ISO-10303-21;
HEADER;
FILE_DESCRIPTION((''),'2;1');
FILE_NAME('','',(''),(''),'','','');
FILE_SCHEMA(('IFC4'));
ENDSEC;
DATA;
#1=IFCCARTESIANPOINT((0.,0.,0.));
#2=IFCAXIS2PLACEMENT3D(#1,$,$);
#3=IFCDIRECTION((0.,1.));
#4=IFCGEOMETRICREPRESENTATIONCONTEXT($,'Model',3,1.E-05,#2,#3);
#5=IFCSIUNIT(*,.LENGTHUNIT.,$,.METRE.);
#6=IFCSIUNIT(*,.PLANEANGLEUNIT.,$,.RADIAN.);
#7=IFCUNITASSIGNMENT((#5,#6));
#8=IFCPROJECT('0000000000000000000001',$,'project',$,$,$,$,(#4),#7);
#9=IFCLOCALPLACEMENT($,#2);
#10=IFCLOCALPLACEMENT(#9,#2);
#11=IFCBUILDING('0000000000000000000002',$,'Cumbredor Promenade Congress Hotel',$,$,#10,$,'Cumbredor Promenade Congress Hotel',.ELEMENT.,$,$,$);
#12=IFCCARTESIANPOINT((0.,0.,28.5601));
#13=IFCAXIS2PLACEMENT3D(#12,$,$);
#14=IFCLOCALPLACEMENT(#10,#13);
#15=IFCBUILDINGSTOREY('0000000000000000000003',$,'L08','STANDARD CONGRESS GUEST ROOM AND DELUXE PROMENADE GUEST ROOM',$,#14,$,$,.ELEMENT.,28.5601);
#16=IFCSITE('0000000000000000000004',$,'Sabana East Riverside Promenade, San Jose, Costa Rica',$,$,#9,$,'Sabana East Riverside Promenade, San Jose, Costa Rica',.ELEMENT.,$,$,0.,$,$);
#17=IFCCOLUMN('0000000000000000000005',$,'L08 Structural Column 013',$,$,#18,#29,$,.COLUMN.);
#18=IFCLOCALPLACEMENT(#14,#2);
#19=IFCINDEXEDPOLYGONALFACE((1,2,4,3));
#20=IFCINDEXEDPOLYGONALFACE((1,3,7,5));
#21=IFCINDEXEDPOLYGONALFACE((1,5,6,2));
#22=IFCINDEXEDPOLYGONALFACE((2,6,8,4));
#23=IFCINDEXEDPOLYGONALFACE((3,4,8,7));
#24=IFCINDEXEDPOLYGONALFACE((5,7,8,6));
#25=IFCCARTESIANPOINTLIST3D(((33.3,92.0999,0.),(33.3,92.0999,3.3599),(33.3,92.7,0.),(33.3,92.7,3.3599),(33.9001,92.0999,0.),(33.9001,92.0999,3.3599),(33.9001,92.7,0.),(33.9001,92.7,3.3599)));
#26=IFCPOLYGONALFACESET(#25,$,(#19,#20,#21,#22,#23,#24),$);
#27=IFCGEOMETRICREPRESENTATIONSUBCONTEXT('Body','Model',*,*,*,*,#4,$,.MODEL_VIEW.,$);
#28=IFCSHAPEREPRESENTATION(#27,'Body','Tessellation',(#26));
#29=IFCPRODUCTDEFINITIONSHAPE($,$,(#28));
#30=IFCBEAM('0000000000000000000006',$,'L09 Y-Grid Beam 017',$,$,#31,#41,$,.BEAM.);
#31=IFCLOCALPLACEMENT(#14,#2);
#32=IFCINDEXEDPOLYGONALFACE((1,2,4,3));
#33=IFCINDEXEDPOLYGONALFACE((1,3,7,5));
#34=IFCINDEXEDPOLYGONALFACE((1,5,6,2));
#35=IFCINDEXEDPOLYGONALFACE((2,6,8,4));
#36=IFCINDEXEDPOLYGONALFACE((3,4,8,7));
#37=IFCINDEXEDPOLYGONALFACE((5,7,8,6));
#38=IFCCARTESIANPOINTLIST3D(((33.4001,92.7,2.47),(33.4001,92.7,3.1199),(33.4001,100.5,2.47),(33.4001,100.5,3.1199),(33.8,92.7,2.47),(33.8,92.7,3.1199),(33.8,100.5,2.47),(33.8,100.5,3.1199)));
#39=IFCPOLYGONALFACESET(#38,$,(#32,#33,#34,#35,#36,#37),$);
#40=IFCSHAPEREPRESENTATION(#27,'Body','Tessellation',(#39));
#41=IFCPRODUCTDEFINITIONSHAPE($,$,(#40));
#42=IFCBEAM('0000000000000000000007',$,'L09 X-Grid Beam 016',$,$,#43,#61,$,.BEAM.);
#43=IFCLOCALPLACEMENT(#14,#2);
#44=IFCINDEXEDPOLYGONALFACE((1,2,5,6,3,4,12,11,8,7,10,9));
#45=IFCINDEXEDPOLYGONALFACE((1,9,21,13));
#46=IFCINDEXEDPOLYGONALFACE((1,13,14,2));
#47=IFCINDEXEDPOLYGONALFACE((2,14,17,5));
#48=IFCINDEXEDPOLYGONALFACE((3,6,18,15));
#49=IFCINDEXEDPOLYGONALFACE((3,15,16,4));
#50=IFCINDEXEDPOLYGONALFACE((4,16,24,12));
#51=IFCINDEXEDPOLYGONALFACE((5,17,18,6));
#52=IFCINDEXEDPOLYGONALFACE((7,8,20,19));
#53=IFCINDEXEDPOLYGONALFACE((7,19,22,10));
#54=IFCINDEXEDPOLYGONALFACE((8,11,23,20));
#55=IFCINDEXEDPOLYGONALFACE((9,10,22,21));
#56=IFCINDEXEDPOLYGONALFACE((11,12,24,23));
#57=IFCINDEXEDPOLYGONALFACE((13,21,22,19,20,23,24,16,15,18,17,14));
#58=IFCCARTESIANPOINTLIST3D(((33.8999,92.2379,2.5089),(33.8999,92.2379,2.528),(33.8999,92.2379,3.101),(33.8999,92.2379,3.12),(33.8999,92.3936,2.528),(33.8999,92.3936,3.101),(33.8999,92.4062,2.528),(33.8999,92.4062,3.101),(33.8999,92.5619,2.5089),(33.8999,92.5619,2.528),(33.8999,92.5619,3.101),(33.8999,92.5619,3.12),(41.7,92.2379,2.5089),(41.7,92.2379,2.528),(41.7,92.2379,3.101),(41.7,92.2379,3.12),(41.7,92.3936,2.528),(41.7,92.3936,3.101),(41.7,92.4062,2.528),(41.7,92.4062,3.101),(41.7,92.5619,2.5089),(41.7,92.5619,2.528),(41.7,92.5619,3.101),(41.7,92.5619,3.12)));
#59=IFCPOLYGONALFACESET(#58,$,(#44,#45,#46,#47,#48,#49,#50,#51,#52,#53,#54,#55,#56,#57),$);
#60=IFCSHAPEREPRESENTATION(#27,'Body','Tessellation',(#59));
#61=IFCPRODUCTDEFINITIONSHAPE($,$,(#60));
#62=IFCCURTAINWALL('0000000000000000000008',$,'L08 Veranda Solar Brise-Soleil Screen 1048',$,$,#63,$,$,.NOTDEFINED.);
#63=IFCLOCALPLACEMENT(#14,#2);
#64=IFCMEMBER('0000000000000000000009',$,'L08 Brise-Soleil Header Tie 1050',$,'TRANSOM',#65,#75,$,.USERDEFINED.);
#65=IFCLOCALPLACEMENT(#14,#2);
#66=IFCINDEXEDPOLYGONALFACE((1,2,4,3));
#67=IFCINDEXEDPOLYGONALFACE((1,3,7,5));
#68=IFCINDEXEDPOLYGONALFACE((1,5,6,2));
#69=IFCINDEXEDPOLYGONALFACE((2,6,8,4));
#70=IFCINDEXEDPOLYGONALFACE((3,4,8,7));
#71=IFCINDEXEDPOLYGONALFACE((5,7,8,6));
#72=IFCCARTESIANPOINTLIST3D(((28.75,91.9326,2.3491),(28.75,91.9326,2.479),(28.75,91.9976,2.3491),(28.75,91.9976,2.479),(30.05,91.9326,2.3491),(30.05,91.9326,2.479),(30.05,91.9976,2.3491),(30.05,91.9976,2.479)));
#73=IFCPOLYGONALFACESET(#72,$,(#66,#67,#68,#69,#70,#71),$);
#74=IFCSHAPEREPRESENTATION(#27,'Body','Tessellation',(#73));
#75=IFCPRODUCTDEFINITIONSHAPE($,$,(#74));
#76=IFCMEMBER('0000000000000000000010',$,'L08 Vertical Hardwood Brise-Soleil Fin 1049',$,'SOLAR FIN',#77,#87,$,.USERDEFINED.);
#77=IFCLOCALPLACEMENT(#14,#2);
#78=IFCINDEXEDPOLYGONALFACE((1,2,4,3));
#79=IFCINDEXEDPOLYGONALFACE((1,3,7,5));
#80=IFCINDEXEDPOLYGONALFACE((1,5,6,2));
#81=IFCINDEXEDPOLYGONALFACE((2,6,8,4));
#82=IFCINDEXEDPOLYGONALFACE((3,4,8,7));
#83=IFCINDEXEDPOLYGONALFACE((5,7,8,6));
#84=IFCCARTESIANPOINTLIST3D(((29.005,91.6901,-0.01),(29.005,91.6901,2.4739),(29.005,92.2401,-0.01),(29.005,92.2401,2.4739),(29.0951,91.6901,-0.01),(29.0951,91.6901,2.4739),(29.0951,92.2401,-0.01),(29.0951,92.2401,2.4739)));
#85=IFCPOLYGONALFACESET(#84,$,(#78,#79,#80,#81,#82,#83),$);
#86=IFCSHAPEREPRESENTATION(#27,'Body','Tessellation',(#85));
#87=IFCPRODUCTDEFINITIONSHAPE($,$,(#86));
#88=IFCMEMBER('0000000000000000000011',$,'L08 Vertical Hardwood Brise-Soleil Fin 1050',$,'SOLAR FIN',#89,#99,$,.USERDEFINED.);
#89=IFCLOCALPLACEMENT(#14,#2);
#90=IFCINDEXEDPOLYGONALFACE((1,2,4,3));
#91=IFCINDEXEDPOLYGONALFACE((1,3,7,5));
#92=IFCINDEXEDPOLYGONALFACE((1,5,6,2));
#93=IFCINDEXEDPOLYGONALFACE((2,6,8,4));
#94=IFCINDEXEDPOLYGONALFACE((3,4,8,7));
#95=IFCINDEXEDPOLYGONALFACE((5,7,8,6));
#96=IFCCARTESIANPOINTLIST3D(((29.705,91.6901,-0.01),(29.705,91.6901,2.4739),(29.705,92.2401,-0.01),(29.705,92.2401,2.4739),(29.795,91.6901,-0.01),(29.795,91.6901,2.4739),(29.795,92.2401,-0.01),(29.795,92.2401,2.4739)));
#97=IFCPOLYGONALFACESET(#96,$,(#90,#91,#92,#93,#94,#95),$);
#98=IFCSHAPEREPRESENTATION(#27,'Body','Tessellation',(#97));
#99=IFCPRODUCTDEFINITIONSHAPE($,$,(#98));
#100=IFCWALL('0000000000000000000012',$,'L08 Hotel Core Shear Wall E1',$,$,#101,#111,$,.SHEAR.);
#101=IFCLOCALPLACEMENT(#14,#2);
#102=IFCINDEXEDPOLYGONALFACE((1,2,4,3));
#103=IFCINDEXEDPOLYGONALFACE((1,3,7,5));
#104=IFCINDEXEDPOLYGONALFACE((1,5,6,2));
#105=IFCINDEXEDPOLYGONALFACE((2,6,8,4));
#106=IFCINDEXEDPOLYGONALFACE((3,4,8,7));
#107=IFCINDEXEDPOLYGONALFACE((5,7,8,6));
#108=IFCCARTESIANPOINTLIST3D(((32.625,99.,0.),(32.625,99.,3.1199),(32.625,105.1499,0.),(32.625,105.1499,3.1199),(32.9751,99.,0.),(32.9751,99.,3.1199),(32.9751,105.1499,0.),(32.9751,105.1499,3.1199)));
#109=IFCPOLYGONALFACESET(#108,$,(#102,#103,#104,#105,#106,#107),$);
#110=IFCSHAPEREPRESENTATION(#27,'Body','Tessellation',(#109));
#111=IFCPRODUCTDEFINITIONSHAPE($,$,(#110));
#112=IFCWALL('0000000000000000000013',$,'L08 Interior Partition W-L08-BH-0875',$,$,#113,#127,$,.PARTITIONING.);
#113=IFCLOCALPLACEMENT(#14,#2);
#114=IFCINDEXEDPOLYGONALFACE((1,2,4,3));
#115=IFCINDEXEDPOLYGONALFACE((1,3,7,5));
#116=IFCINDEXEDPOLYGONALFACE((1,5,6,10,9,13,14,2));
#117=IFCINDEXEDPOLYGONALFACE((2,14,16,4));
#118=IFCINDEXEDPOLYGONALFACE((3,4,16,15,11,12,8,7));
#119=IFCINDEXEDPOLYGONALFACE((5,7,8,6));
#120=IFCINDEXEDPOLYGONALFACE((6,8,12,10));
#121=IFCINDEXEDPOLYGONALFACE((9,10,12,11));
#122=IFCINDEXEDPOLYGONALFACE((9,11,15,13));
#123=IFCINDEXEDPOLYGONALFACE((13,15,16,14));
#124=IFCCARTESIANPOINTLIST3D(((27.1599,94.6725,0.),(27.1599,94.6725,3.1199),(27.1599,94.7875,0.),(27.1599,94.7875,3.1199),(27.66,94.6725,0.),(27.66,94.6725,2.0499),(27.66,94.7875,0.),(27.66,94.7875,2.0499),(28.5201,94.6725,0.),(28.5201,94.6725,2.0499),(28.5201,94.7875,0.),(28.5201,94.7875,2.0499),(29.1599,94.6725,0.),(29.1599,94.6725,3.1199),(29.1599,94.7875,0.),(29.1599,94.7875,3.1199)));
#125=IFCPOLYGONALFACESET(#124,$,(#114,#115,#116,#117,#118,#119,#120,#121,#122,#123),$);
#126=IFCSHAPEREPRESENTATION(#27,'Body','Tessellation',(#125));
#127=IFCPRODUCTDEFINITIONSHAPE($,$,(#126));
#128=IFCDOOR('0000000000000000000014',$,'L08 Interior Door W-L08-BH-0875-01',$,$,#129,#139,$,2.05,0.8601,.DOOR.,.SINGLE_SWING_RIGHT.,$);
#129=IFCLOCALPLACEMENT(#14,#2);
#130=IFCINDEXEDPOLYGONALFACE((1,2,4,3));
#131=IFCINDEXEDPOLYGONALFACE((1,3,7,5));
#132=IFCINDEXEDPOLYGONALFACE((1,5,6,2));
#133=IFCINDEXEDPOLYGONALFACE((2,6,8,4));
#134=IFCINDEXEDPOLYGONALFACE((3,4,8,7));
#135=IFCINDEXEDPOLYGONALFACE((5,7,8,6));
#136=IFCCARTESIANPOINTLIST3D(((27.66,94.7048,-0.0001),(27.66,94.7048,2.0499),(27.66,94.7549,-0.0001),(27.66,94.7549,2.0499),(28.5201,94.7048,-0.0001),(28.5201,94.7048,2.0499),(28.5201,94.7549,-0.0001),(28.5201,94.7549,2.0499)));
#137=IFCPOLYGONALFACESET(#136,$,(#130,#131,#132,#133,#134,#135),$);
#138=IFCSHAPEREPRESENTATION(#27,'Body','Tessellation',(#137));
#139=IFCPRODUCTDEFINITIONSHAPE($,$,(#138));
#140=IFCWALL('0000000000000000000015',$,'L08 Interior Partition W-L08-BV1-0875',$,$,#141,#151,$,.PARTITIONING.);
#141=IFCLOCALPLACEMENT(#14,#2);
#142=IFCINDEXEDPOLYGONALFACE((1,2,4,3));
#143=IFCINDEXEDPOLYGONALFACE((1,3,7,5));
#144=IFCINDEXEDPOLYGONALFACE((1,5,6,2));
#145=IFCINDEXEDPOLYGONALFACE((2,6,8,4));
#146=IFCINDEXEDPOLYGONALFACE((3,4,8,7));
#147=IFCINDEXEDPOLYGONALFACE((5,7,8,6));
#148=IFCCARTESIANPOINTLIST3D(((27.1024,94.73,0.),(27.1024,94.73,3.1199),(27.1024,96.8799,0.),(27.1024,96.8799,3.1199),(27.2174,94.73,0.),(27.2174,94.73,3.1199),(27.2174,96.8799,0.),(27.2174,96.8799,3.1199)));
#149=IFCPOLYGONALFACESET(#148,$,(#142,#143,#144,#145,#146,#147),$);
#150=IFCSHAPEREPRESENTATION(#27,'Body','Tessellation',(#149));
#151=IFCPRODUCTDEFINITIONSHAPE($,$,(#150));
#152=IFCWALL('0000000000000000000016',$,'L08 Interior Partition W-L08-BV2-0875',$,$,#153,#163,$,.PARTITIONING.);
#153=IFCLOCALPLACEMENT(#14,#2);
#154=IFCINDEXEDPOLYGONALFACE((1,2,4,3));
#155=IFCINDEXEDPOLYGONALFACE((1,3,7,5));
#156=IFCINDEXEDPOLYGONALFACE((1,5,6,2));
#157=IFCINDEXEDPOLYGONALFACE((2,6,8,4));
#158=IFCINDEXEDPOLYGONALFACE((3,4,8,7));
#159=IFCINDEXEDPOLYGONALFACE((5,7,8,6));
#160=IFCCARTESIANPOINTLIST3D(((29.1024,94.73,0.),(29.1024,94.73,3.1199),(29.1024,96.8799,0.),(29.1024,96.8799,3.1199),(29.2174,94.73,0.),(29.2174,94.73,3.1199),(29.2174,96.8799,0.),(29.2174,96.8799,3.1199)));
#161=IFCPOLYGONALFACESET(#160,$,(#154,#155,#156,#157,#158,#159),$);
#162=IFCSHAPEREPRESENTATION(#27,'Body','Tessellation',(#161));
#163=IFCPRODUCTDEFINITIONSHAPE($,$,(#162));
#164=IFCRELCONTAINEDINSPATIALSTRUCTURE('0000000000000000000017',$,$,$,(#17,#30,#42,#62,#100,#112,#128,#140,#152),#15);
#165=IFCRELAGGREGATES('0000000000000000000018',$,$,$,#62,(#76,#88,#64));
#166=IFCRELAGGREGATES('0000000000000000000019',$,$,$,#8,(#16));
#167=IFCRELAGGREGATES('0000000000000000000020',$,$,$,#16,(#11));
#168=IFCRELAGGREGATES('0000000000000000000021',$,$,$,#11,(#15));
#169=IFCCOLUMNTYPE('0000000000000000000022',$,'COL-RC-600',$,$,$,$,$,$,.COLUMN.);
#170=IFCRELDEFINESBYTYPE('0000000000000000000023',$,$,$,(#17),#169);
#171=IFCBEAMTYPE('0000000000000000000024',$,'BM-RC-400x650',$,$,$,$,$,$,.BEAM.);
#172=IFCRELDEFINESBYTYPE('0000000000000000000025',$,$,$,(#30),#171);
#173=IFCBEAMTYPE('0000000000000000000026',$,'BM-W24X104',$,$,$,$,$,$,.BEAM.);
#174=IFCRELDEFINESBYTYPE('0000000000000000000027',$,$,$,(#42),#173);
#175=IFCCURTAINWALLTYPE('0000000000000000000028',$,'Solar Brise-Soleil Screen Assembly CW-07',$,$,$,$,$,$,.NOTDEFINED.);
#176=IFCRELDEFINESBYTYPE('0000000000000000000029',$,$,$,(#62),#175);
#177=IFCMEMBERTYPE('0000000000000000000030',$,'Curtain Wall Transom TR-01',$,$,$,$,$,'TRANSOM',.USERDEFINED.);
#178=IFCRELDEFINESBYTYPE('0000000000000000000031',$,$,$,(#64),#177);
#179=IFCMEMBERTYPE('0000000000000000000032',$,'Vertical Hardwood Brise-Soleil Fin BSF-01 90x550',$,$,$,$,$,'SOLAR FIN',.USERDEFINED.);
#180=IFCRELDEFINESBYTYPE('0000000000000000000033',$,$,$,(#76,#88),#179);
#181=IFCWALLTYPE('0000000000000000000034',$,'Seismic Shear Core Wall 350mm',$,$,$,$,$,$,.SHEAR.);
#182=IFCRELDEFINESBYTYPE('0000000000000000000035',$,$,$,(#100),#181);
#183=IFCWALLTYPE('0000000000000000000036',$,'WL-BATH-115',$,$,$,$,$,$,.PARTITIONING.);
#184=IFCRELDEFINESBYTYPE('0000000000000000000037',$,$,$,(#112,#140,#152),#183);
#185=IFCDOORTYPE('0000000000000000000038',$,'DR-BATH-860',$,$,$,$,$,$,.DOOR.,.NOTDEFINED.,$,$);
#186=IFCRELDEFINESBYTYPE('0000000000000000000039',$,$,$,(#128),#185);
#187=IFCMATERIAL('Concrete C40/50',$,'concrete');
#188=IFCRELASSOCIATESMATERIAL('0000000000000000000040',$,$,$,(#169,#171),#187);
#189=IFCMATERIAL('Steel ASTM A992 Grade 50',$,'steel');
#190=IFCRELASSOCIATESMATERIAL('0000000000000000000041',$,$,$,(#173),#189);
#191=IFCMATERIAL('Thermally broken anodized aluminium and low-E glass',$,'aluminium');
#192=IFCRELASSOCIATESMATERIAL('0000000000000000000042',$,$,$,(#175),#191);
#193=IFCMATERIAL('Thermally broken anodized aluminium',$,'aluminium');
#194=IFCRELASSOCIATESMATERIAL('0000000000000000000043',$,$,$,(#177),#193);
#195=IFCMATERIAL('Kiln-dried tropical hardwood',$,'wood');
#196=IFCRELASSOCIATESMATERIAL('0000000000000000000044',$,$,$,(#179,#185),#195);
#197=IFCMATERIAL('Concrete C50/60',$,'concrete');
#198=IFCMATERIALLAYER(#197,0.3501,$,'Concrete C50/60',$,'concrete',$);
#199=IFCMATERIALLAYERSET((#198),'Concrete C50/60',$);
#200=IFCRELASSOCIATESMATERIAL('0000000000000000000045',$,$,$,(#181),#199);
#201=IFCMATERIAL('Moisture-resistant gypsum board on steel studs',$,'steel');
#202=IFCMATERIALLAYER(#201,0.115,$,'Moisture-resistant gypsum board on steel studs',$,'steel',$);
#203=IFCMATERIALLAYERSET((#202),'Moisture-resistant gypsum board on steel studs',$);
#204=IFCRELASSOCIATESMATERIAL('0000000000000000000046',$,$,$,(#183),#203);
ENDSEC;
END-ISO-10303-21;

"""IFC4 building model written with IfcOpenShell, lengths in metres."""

from ifc_helpers import new_model, si_unit, direction, frame, frame_2d, origin, origin_2d, place, context, subcontext, project, spatial, rectangle, i_section, extrude, material, layer, layer_set, material_profile, profile_set, type_object, element, fill, aggregate, save


model = new_model("IFC4")

# Units and contexts
model_context = context("Model", 3, precision=1e-05, world=origin(), true_north=direction((0.0, 1.0)))
body_context = subcontext(model_context, "Body", "Model", "MODEL_VIEW")
ifc_project = project(units=[si_unit("LENGTHUNIT", "METRE"), si_unit("PLANEANGLEUNIT", "RADIAN")], contexts=[model_context])

# Site, building, storey
site_placement = place(None, origin())
site = spatial("IfcSite", under=ifc_project, at=site_placement, Name="Sabana East Riverside Promenade, San Jose, Costa Rica", LongName="Sabana East Riverside Promenade, San Jose, Costa Rica", CompositionType="ELEMENT", RefElevation=0.0)
building_placement = place(site_placement, origin())
building = spatial("IfcBuilding", under=site, at=building_placement, Name="Cumbredor Promenade Congress Hotel", LongName="Cumbredor Promenade Congress Hotel", CompositionType="ELEMENT")
storey_placement = place(building_placement, frame((0.0, 0.0, 28.5601)))
storey = spatial("IfcBuildingStorey", under=building, at=storey_placement, Name="L08", Description="STANDARD CONGRESS GUEST ROOM AND DELUXE PROMENADE GUEST ROOM", CompositionType="ELEMENT", Elevation=28.5601)

# Column
ifc_material_1 = material(Name="Concrete C40/50", Category="concrete")
ifc_material_profile_1 = material_profile(ifc_material_1, rectangle(XDim=0.6001, YDim=0.6001, at=origin_2d()), Name="RC 600x600")
ifc_profile_set_1 = profile_set([ifc_material_profile_1], Name="Concrete C40/50")
column_type = type_object("IfcColumnType", Name="COL-RC-600", PredefinedType="COLUMN", material=ifc_profile_set_1)
column_placement = place(storey_placement, frame((33.6001, 92.3999, 0.0), z_axis=(0.0, 0.0, 1.0), x_axis=(1.0, 0.0, 0.0)))
element("IfcColumn", 1, at=column_placement, inside=storey, type_object=column_type, Name="L08 Structural Column 013", PredefinedType="COLUMN", context=body_context, shape_type="SweptSolid", body=[
    extrude(rectangle(XDim=0.6001, YDim=0.6001, at=origin_2d()), origin(), (0.0, 0.0, 1.0), 3.3599),
])

# Beams
ifc_material_profile_2 = material_profile(ifc_material_1, rectangle(XDim=0.3999, YDim=0.6499, at=origin_2d()), Name="RC BEAM 400x650")
ifc_profile_set_2 = profile_set([ifc_material_profile_2], Name="Concrete C40/50")
beam_type_1 = type_object("IfcBeamType", Name="BM-RC-400x650", PredefinedType="BEAM", material=ifc_profile_set_2)
beam_1_placement = place(storey_placement, frame((33.6001, 92.7, 2.7949), z_axis=(0.0, 1.0, 0.0), x_axis=(-1.0, 0.0, 0.0)))
element("IfcBeam", 2, at=beam_1_placement, inside=storey, type_object=beam_type_1, Name="L09 Y-Grid Beam 017", PredefinedType="BEAM", context=body_context, shape_type="SweptSolid", body=[
    extrude(rectangle(XDim=0.3999, YDim=0.6499, at=origin_2d()), origin(), (0.0, 0.0, 1.0), 7.8),
])
ifc_material_2 = material(Name="Steel ASTM A992 Grade 50", Category="steel")
ifc_material_profile_3 = material_profile(ifc_material_2, i_section(OverallWidth=0.324, OverallDepth=0.6111, WebThickness=0.0127, FlangeThickness=0.019, at=origin_2d()), Name="W24X104")
ifc_profile_set_3 = profile_set([ifc_material_profile_3], Name="Steel ASTM A992 Grade 50")
beam_type_2 = type_object("IfcBeamType", Name="BM-W24X104", PredefinedType="BEAM", material=ifc_profile_set_3)
beam_2_placement = place(storey_placement, frame((33.8999, 92.3999, 2.8145), z_axis=(1.0, 0.0, 0.0), x_axis=(0.0, 1.0, 0.0)))
element("IfcBeam", 3, at=beam_2_placement, inside=storey, type_object=beam_type_2, Name="L09 X-Grid Beam 016", PredefinedType="BEAM", context=body_context, shape_type="SweptSolid", body=[
    extrude(i_section(OverallWidth=0.324, OverallDepth=0.6111, WebThickness=0.0127, FlangeThickness=0.019, at=origin_2d()), origin(), (0.0, 0.0, 1.0), 7.8),
])

# Curtain wall, members
ifc_material_3 = material(Name="Thermally broken anodized aluminium and low-E glass", Category="aluminium")
curtain_wall_type = type_object("IfcCurtainWallType", Name="Solar Brise-Soleil Screen Assembly CW-07", PredefinedType="NOTDEFINED", material=ifc_material_3)
curtain_wall_placement = place(storey_placement, origin())
curtain_wall = element("IfcCurtainWall", 4, at=curtain_wall_placement, inside=storey, type_object=curtain_wall_type, Name="L08 Veranda Solar Brise-Soleil Screen 1048", PredefinedType="NOTDEFINED")
ifc_material_4 = material(Name="Thermally broken anodized aluminium", Category="aluminium")
ifc_material_profile_4 = material_profile(ifc_material_4, rectangle(XDim=0.0649, YDim=0.1299, at=origin_2d()), Name="ALU TRANSOM 65x130")
ifc_profile_set_4 = profile_set([ifc_material_profile_4], Name="Thermally broken anodized aluminium")
member_type_1 = type_object("IfcMemberType", Name="Curtain Wall Transom TR-01", ElementType="TRANSOM", PredefinedType="USERDEFINED", material=ifc_profile_set_4)
member_1_placement = place(storey_placement, frame((28.75, 91.9651, 2.4141), z_axis=(1.0, 0.0, 0.0), x_axis=(0.0, 1.0, 0.0)))
member_1 = element("IfcMember", 5, at=member_1_placement, type_object=member_type_1, Name="L08 Brise-Soleil Header Tie 1050", ObjectType="TRANSOM", PredefinedType="USERDEFINED", context=body_context, shape_type="SweptSolid", body=[
    extrude(rectangle(XDim=0.0649, YDim=0.1299, at=origin_2d()), origin(), (0.0, 0.0, 1.0), 1.3),
])
ifc_material_5 = material(Name="Kiln-dried tropical hardwood", Category="wood")
ifc_material_profile_5 = material_profile(ifc_material_5, rectangle(XDim=0.0901, YDim=0.55, at=origin_2d()), Name="ARCH FIN 90x550")
ifc_profile_set_5 = profile_set([ifc_material_profile_5], Name="Kiln-dried tropical hardwood")
member_type_2 = type_object("IfcMemberType", Name="Vertical Hardwood Brise-Soleil Fin BSF-01 90x550", ElementType="SOLAR FIN", PredefinedType="USERDEFINED", material=ifc_profile_set_5)
member_2_placement = place(storey_placement, frame((29.05, 91.9651, -0.01), z_axis=(0.0, 0.0, 1.0), x_axis=(1.0, 0.0, 0.0)))
member_2 = element("IfcMember", 6, at=member_2_placement, type_object=member_type_2, Name="L08 Vertical Hardwood Brise-Soleil Fin 1049", ObjectType="SOLAR FIN", PredefinedType="USERDEFINED", context=body_context, shape_type="SweptSolid", body=[
    extrude(rectangle(XDim=0.0901, YDim=0.55, at=origin_2d()), origin(), (0.0, 0.0, 1.0), 2.4839),
])
member_3_placement = place(storey_placement, frame((29.75, 91.9651, -0.01), z_axis=(0.0, 0.0, 1.0), x_axis=(1.0, 0.0, 0.0)))
member_3 = element("IfcMember", 7, at=member_3_placement, type_object=member_type_2, Name="L08 Vertical Hardwood Brise-Soleil Fin 1050", ObjectType="SOLAR FIN", PredefinedType="USERDEFINED", context=body_context, shape_type="SweptSolid", body=[
    extrude(rectangle(XDim=0.0901, YDim=0.55, at=origin_2d()), origin(), (0.0, 0.0, 1.0), 2.4839),
])
aggregate(curtain_wall, [member_2, member_3, member_1])

# Wall
ifc_material_6 = material(Name="Concrete C50/60", Category="concrete")
ifc_layer_1 = layer(ifc_material_6, 0.3501, Name="Concrete C50/60", Category="concrete")
ifc_layer_set_1 = layer_set([ifc_layer_1], Name="Concrete C50/60")
wall_type_1 = type_object("IfcWallType", Name="Seismic Shear Core Wall 350mm", PredefinedType="SHEAR", material=ifc_layer_set_1)
wall_1_placement = place(storey_placement, frame((32.8, 99.0, 0.0), z_axis=(0.0, 0.0, 1.0), x_axis=(0.0, 1.0, 0.0)))
element("IfcWall", 8, at=wall_1_placement, inside=storey, type_object=wall_type_1, Name="L08 Hotel Core Shear Wall E1", PredefinedType="SHEAR", context=body_context, shape_type="SweptSolid", body=[
    extrude(rectangle(XDim=6.1499, YDim=0.3501, at=frame_2d((3.075, 0.0))), origin(), (0.0, 0.0, 1.0), 3.1199),
])

# Wall, opening, door
ifc_material_7 = material(Name="Moisture-resistant gypsum board on steel studs", Category="steel")
ifc_layer_2 = layer(ifc_material_7, 0.115, Name="Moisture-resistant gypsum board on steel studs", Category="steel")
ifc_layer_set_2 = layer_set([ifc_layer_2], Name="Moisture-resistant gypsum board on steel studs")
wall_type_2 = type_object("IfcWallType", Name="WL-BATH-115", PredefinedType="PARTITIONING", material=ifc_layer_set_2)
wall_2_placement = place(storey_placement, frame((27.1599, 94.73, 0.0), z_axis=(0.0, 0.0, 1.0), x_axis=(1.0, 0.0, 0.0)))
wall_2 = element("IfcWall", 9, at=wall_2_placement, inside=storey, type_object=wall_type_2, Name="L08 Interior Partition W-L08-BH-0875", PredefinedType="PARTITIONING", context=body_context, shape_type="SweptSolid", body=[
    extrude(rectangle(XDim=2.0, YDim=0.115, at=frame_2d((1.0, 0.0))), origin(), (0.0, 0.0, 1.0), 3.1199),
])
opening_1_placement = place(wall_2_placement, frame((0.5, 0.0, 0.0)))
opening_1 = element("IfcOpeningElement", 10, at=opening_1_placement, cuts=wall_2, PredefinedType="OPENING", context=body_context, shape_type="SweptSolid", body=[
    extrude(rectangle(XDim=0.8601, YDim=2.05, at=frame_2d((0.4302, 1.0249))), frame((0.0, 0.0674, 0.0), z_axis=(0.0, -1.0, 0.0), x_axis=(1.0, 0.0, 0.0)), (0.0, 0.0, 1.0), 0.135),
])
door_type_1 = type_object("IfcDoorType", Name="DR-BATH-860", OperationType="NOTDEFINED", PredefinedType="DOOR", material=ifc_material_5)
door_1_placement = place(opening_1_placement, origin())
door_1 = element("IfcDoor", 11, at=door_1_placement, inside=storey, type_object=door_type_1, Name="L08 Interior Door W-L08-BH-0875-01", OperationType="SINGLE_SWING_RIGHT", OverallHeight=2.05, OverallWidth=0.8601, PredefinedType="DOOR", context=body_context, shape_type="SweptSolid", body=[
    extrude(rectangle(XDim=0.8601, YDim=2.05, at=frame_2d((0.4302, 1.0249))), frame((0.0, 0.0249, 0.0), z_axis=(0.0, -1.0, 0.0), x_axis=(1.0, 0.0, 0.0)), (0.0, 0.0, 1.0), 0.05),
])
fill(opening_1, door_1)

# Walls
for number, where, z_axis, x_axis, name in (
    (12, (27.1599, 94.73, 0.0), (0.0, 0.0, 1.0), (0.0, 1.0, 0.0), "L08 Interior Partition W-L08-BV1-0875"),
    (13, (29.1599, 94.73, 0.0), (0.0, 0.0, 1.0), (0.0, 1.0, 0.0), "L08 Interior Partition W-L08-BV2-0875"),
):
    element("IfcWall", number, at=place(storey_placement, frame(where, z_axis=z_axis, x_axis=x_axis)), inside=storey, type_object=wall_type_2, Name=name, PredefinedType="PARTITIONING", context=body_context, shape_type="SweptSolid", body=[
        extrude(rectangle(XDim=2.1499, YDim=0.115, at=frame_2d((1.075, 0.0))), origin(), (0.0, 0.0, 1.0), 3.1199),
    ])

save(model, "model.ifc")
